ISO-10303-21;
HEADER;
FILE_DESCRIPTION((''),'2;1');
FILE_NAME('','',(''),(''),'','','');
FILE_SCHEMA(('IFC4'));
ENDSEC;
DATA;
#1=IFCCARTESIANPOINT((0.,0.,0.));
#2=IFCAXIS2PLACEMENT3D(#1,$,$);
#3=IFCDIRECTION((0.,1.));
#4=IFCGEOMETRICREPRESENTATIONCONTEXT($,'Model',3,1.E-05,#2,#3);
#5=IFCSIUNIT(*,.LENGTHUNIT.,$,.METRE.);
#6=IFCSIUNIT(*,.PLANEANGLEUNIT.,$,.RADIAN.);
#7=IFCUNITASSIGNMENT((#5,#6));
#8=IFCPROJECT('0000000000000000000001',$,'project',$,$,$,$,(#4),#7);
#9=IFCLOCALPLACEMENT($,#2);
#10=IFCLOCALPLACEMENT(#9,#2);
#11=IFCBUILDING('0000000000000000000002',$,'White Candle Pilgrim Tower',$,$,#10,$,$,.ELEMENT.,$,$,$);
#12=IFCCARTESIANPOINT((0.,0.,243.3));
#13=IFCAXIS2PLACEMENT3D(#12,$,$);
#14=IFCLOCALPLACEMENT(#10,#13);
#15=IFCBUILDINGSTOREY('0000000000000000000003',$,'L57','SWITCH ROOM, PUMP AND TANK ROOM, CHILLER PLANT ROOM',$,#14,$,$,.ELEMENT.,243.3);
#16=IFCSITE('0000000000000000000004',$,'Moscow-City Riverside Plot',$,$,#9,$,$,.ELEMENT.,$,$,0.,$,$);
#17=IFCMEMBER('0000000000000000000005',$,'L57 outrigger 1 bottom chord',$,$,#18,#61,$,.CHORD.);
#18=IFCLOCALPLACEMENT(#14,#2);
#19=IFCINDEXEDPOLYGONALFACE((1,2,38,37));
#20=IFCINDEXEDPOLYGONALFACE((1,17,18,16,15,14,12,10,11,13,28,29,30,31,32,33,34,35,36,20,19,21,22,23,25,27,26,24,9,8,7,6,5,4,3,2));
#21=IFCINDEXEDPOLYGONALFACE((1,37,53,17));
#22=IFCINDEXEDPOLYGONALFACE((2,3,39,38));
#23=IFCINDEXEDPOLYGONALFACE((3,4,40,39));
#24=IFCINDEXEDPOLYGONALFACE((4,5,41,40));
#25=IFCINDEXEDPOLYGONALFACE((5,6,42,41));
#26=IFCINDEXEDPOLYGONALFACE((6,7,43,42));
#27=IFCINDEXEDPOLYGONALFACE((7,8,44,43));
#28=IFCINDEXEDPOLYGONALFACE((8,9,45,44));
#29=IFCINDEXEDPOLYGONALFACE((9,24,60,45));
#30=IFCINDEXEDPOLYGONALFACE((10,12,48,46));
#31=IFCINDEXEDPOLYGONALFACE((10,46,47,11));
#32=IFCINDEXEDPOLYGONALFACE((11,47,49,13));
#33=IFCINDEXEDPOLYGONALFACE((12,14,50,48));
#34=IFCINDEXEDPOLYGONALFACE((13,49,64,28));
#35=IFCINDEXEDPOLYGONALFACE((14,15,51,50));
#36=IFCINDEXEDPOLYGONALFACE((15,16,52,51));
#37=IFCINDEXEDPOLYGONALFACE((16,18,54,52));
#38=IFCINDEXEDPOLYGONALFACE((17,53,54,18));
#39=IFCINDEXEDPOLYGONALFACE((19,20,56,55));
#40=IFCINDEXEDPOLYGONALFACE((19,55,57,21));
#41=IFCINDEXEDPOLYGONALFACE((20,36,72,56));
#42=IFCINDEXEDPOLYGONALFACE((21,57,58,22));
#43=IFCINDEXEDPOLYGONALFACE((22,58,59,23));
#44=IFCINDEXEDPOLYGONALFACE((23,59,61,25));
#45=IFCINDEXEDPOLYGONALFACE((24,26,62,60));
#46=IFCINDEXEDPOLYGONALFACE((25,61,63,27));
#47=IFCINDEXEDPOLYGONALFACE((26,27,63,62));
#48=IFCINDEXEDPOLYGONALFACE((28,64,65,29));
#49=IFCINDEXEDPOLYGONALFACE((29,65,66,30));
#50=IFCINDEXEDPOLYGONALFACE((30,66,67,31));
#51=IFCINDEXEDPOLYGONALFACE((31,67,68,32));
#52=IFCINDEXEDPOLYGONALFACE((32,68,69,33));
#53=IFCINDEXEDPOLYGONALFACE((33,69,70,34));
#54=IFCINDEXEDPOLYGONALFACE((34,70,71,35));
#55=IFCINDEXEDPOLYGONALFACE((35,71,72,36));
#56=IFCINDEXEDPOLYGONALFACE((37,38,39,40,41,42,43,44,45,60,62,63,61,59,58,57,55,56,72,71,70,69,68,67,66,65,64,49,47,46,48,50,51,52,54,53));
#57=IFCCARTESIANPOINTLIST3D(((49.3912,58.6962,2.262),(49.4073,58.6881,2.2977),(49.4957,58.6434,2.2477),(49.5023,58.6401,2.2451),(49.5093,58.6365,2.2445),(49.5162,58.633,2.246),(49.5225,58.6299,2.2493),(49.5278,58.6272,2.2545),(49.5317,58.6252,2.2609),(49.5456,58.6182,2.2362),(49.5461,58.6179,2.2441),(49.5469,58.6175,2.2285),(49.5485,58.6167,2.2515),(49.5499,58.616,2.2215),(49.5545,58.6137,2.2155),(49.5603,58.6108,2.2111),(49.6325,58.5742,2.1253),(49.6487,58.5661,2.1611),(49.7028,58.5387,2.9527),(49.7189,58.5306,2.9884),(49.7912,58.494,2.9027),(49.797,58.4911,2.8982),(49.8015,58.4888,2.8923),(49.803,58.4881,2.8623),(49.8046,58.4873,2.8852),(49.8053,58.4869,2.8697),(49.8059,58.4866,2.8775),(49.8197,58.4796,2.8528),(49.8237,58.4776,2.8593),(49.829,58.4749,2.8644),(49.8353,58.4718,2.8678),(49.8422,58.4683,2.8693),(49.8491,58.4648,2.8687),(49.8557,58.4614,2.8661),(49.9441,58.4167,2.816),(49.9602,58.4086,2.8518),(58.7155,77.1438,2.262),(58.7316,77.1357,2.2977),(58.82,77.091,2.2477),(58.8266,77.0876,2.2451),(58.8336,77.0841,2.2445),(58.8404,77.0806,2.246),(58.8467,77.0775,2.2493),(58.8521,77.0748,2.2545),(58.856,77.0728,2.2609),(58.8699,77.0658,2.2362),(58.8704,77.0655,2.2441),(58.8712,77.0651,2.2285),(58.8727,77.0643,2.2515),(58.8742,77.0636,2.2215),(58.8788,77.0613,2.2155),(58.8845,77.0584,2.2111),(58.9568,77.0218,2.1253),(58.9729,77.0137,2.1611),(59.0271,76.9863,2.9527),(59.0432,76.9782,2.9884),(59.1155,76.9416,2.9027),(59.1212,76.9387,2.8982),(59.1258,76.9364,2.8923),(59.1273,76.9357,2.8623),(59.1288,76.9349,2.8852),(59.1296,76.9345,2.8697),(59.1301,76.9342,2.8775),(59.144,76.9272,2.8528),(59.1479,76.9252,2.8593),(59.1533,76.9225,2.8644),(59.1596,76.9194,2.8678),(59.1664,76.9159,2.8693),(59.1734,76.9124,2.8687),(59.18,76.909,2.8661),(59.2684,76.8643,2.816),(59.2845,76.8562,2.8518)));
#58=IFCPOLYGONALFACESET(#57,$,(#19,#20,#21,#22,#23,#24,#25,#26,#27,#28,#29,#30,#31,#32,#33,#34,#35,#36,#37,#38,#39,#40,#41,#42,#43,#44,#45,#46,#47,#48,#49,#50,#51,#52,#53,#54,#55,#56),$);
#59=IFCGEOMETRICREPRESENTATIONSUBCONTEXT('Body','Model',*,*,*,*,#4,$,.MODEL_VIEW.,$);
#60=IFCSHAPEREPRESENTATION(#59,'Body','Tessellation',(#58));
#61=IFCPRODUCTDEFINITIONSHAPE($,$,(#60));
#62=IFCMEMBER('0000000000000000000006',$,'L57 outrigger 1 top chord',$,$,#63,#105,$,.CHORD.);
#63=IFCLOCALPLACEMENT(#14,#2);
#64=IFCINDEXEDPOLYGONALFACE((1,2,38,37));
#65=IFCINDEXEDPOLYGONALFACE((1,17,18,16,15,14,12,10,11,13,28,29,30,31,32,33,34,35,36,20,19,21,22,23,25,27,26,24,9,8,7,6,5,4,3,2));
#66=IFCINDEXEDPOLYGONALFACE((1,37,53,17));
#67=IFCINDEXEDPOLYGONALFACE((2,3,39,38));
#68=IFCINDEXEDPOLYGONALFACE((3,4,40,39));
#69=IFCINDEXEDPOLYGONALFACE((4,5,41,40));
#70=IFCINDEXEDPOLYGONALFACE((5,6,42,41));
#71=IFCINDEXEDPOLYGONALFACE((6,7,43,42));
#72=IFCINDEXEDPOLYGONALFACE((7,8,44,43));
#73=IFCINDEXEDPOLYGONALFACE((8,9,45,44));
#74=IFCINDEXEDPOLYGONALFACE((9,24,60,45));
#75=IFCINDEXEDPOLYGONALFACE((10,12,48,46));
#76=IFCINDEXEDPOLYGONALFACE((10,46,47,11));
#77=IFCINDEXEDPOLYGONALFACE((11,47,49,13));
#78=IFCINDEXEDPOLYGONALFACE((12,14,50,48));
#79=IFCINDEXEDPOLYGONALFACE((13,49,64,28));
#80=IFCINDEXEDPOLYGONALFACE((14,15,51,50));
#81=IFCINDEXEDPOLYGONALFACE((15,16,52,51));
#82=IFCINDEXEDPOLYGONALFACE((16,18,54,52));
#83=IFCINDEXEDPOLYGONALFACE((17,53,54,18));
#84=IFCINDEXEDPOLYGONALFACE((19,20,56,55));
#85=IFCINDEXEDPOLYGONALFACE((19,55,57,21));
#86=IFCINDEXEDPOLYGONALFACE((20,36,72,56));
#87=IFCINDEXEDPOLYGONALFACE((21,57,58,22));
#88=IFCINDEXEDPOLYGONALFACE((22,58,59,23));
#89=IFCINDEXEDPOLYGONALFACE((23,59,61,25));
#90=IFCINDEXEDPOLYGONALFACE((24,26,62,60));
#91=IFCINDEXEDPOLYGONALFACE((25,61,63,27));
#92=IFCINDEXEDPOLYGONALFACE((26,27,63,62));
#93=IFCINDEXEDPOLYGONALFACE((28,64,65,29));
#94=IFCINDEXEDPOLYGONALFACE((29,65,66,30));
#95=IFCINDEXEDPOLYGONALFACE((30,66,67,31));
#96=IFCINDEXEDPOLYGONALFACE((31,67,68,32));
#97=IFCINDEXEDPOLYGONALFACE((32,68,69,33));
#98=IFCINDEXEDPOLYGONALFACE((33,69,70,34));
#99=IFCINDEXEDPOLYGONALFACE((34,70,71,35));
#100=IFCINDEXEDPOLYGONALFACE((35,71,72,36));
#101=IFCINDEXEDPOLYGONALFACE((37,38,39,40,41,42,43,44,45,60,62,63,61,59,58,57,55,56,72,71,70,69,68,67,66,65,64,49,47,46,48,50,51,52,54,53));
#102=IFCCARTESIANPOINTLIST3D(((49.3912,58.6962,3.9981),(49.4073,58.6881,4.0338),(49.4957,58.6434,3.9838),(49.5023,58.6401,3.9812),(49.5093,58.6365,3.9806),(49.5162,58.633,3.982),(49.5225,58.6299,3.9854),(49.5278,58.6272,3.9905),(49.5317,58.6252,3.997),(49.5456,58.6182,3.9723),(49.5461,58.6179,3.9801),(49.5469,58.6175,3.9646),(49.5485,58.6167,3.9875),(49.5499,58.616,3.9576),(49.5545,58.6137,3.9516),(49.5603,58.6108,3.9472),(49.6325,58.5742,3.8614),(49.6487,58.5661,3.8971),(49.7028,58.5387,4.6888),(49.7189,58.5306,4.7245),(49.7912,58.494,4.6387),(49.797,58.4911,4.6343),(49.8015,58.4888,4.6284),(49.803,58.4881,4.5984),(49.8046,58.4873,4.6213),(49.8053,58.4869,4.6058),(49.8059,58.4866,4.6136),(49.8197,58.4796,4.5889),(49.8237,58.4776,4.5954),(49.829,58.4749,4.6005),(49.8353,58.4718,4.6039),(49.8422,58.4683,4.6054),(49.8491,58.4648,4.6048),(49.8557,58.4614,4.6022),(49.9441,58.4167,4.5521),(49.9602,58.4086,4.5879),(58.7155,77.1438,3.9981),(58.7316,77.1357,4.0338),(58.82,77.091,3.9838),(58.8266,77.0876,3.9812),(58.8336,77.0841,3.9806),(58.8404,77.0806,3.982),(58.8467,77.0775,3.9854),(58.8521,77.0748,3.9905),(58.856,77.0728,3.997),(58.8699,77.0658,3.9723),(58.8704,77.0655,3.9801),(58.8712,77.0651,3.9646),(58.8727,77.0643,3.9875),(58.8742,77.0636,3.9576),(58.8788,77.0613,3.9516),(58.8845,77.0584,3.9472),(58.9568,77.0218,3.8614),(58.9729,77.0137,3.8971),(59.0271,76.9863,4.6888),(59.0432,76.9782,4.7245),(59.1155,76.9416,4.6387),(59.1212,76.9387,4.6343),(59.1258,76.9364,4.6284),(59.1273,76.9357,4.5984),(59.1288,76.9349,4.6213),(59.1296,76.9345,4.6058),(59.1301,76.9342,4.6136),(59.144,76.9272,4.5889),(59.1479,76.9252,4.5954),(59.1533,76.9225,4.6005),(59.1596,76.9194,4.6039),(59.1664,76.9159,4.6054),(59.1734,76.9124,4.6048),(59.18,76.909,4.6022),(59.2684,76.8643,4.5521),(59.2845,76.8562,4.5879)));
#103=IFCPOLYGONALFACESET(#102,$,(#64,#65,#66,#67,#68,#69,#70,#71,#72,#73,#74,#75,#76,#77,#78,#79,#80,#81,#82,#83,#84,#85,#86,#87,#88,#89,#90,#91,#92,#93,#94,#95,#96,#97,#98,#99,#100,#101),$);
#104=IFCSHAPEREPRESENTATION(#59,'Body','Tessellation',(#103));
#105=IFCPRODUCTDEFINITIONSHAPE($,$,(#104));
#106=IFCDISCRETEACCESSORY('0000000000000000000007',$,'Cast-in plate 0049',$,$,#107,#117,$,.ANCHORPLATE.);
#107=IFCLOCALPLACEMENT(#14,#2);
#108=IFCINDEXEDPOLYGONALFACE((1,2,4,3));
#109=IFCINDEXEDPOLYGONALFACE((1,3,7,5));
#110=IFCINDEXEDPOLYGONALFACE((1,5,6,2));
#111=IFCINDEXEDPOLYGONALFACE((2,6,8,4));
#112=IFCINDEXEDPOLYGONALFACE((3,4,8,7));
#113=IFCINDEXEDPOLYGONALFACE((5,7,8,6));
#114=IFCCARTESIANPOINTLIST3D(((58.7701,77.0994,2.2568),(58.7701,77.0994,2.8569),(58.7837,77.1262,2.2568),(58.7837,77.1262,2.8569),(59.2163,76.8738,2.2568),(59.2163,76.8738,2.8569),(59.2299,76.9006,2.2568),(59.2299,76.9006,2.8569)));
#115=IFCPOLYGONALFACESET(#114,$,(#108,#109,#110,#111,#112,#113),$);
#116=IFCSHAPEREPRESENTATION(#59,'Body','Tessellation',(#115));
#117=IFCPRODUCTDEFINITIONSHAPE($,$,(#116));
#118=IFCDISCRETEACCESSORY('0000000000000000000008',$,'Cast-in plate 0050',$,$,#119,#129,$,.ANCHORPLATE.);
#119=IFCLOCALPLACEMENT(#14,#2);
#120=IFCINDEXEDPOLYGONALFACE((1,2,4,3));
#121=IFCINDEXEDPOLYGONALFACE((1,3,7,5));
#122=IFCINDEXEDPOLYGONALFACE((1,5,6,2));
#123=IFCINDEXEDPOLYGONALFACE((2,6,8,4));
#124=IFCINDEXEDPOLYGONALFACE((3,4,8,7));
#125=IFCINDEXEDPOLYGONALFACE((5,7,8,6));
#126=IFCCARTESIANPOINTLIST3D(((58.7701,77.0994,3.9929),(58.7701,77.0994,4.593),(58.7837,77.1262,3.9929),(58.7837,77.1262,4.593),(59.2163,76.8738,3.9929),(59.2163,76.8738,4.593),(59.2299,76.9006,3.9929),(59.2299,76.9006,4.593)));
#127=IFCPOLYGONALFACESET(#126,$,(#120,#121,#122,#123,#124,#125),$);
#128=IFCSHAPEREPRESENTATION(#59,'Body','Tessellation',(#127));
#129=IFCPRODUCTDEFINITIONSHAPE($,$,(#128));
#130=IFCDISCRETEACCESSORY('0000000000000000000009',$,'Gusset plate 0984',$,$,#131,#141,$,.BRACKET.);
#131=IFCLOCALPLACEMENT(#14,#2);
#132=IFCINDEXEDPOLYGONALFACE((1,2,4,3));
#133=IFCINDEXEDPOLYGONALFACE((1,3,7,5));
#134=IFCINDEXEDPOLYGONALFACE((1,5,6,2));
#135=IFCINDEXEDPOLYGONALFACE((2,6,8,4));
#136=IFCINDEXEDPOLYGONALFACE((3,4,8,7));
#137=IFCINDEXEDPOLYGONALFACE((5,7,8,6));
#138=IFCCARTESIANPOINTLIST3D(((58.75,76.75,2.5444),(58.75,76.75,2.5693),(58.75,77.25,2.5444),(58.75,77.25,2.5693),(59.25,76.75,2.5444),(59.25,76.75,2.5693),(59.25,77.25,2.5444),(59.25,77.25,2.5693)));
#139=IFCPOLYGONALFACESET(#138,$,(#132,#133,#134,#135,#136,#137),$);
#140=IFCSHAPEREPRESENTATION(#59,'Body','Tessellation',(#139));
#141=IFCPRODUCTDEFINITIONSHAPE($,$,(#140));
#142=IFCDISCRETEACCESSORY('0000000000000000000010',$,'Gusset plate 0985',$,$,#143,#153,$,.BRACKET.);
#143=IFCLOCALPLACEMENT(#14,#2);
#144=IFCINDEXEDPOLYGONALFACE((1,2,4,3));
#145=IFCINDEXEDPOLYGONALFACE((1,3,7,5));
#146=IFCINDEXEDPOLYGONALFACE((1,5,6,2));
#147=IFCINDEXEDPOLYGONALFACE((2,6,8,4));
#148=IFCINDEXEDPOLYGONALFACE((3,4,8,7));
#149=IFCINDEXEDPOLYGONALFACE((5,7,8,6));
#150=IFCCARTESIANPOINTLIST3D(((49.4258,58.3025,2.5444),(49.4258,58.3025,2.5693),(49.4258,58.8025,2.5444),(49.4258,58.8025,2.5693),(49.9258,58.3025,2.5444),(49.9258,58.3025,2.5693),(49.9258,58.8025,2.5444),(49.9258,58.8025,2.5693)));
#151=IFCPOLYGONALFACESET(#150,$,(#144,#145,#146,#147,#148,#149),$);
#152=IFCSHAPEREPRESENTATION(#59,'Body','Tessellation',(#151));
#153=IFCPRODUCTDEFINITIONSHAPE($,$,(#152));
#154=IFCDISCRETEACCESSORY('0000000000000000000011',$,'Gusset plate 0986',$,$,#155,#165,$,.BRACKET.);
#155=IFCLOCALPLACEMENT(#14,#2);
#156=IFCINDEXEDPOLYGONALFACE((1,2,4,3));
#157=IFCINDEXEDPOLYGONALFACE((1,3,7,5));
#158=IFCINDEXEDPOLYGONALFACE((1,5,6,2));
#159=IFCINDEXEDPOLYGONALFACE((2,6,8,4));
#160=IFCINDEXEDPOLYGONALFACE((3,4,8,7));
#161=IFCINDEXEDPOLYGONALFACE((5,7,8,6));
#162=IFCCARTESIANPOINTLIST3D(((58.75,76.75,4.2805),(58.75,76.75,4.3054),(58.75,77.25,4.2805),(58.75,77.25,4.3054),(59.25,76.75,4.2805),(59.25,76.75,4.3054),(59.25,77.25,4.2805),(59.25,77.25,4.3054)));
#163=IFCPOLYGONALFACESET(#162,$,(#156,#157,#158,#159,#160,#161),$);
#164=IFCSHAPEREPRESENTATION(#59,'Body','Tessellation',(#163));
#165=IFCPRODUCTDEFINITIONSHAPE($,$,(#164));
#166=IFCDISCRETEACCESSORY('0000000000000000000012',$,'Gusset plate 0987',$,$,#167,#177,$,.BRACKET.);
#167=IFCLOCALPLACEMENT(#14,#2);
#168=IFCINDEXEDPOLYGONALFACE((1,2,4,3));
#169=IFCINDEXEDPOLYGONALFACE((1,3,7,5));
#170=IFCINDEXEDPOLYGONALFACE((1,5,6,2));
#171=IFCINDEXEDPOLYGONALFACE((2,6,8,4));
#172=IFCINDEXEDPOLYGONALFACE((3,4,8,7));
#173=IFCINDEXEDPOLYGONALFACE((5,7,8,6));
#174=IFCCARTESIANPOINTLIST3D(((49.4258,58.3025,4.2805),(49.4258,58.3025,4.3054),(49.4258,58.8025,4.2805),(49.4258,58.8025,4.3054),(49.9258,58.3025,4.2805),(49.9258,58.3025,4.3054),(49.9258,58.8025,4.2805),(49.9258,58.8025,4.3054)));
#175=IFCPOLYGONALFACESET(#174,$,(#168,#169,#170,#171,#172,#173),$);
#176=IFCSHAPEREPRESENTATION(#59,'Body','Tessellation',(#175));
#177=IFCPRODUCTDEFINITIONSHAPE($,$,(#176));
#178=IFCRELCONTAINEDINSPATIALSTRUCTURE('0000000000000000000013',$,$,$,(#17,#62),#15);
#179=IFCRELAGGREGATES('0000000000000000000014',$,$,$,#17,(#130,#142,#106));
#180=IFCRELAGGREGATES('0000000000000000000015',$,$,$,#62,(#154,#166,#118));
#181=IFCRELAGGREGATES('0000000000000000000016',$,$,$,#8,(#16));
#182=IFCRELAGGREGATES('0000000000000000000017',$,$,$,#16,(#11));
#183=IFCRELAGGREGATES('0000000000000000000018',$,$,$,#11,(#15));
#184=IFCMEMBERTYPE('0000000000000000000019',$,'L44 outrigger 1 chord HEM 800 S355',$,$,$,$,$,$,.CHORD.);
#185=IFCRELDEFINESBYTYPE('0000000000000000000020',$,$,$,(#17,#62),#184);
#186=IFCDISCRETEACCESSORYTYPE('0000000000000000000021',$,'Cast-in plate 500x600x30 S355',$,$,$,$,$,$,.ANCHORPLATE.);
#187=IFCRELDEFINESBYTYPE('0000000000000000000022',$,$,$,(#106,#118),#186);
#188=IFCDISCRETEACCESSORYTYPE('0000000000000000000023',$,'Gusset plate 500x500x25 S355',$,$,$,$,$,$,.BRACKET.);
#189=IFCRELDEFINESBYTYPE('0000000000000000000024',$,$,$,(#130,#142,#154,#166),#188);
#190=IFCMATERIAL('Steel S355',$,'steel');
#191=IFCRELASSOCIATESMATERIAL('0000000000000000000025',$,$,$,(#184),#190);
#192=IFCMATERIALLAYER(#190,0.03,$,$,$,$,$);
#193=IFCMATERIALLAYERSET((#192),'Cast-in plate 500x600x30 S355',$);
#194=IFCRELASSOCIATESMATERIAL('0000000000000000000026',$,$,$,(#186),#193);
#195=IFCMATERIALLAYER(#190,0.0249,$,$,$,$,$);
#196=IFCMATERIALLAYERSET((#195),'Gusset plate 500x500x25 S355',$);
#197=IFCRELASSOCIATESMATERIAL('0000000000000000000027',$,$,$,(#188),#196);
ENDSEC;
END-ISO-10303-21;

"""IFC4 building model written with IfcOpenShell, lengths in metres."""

from ifc_helpers import new_model, si_unit, direction, frame, origin, origin_2d, place, context, subcontext, project, spatial, rectangle, i_section, extrude, material, layer, layer_set, material_profile, profile_set, type_object, element, aggregate, save


model = new_model("IFC4")

# Units and contexts
model_context = context("Model", 3, precision=1e-05, world=origin(), true_north=direction((0.0, 1.0)))
body_context = subcontext(model_context, "Body", "Model", "MODEL_VIEW")
ifc_project = project(units=[si_unit("LENGTHUNIT", "METRE"), si_unit("PLANEANGLEUNIT", "RADIAN")], contexts=[model_context])

# Site, building, storey
site_placement = place(None, origin())
site = spatial("IfcSite", under=ifc_project, at=site_placement, Name="Moscow-City Riverside Plot", CompositionType="ELEMENT", RefElevation=0.0)
building_placement = place(site_placement, origin())
building = spatial("IfcBuilding", under=site, at=building_placement, Name="White Candle Pilgrim Tower", CompositionType="ELEMENT")
storey_placement = place(building_placement, frame((0.0, 0.0, 243.3)))
storey = spatial("IfcBuildingStorey", under=building, at=storey_placement, Name="L57", Description="SWITCH ROOM, PUMP AND TANK ROOM, CHILLER PLANT ROOM", CompositionType="ELEMENT", Elevation=243.3)

# Members
ifc_material_1 = material(Name="Steel S355", Category="steel")
ifc_material_profile_1 = material_profile(ifc_material_1, i_section(OverallWidth=0.303, OverallDepth=0.814, WebThickness=0.021, FlangeThickness=0.04, FilletRadius=0.03, at=origin_2d()), Name="HEM 800")
ifc_profile_set_1 = profile_set([ifc_material_profile_1], Name="Steel S355")
member_type_1 = type_object("IfcMemberType", Name="L44 outrigger 1 chord HEM 800 S355", PredefinedType="CHORD", material=ifc_profile_set_1)
member_1_placement = place(storey_placement, frame((59.0, 77.0, 2.5569), z_axis=(-0.451098, -0.892475, 0.0), x_axis=(0.796509, -0.402592, -0.451103)))
member_1 = element("IfcMember", 1, at=member_1_placement, inside=storey, type_object=member_type_1, Name="L57 outrigger 1 bottom chord", PredefinedType="CHORD", context=body_context, shape_type="SweptSolid", body=[
    extrude(i_section(OverallWidth=0.303, OverallDepth=0.814, WebThickness=0.021, FlangeThickness=0.04, FilletRadius=0.03, at=origin_2d()), origin(), (0.0, 0.0, 1.0), 20.6702),
])
member_2_placement = place(storey_placement, frame((59.0, 77.0, 4.293), z_axis=(-0.451098, -0.892475, 0.0), x_axis=(0.796509, -0.402592, -0.451103)))
member_2 = element("IfcMember", 2, at=member_2_placement, inside=storey, type_object=member_type_1, Name="L57 outrigger 1 top chord", PredefinedType="CHORD", context=body_context, shape_type="SweptSolid", body=[
    extrude(i_section(OverallWidth=0.303, OverallDepth=0.814, WebThickness=0.021, FlangeThickness=0.04, FilletRadius=0.03, at=origin_2d()), origin(), (0.0, 0.0, 1.0), 20.6702),
])

# Discrete accessories
ifc_layer_1 = layer(ifc_material_1, 0.03)
ifc_layer_set_1 = layer_set([ifc_layer_1], Name="Cast-in plate 500x600x30 S355")
discrete_accessory_type_1 = type_object("IfcDiscreteAccessoryType", Name="Cast-in plate 500x600x30 S355", PredefinedType="ANCHORPLATE", material=ifc_layer_set_1)
discrete_accessory_1_placement = place(storey_placement, frame((59.0, 77.0, 2.2568), z_axis=(0.0, 0.0, 1.0), x_axis=(-0.451096, -0.892476, 0.0)))
discrete_accessory_1 = element("IfcDiscreteAccessory", 3, at=discrete_accessory_1_placement, type_object=discrete_accessory_type_1, Name="Cast-in plate 0049", PredefinedType="ANCHORPLATE", context=body_context, shape_type="SweptSolid", body=[
    extrude(rectangle(XDim=0.03, YDim=0.5, at=origin_2d()), origin(), (0.0, 0.0, 1.0), 0.6001),
])
discrete_accessory_2_placement = place(storey_placement, frame((59.0, 77.0, 3.9929), z_axis=(0.0, 0.0, 1.0), x_axis=(-0.451096, -0.892476, 0.0)))
discrete_accessory_2 = element("IfcDiscreteAccessory", 4, at=discrete_accessory_2_placement, type_object=discrete_accessory_type_1, Name="Cast-in plate 0050", PredefinedType="ANCHORPLATE", context=body_context, shape_type="SweptSolid", body=[
    extrude(rectangle(XDim=0.03, YDim=0.5, at=origin_2d()), origin(), (0.0, 0.0, 1.0), 0.6001),
])
ifc_layer_2 = layer(ifc_material_1, 0.0249)
ifc_layer_set_2 = layer_set([ifc_layer_2], Name="Gusset plate 500x500x25 S355")
discrete_accessory_type_2 = type_object("IfcDiscreteAccessoryType", Name="Gusset plate 500x500x25 S355", PredefinedType="BRACKET", material=ifc_layer_set_2)
discrete_accessory_3_placement = place(storey_placement, frame((59.0, 77.0, 2.5444), z_axis=(0.0, 0.0, 1.0), x_axis=(1.0, 0.0, 0.0)))
discrete_accessory_3 = element("IfcDiscreteAccessory", 5, at=discrete_accessory_3_placement, type_object=discrete_accessory_type_2, Name="Gusset plate 0984", PredefinedType="BRACKET", context=body_context, shape_type="SweptSolid", body=[
    extrude(rectangle(XDim=0.5, YDim=0.5, at=origin_2d()), origin(), (0.0, 0.0, 1.0), 0.0249),
])
discrete_accessory_4_placement = place(storey_placement, frame((49.6758, 58.5525, 2.5444), z_axis=(0.0, 0.0, 1.0), x_axis=(1.0, 0.0, 0.0)))
discrete_accessory_4 = element("IfcDiscreteAccessory", 6, at=discrete_accessory_4_placement, type_object=discrete_accessory_type_2, Name="Gusset plate 0985", PredefinedType="BRACKET", context=body_context, shape_type="SweptSolid", body=[
    extrude(rectangle(XDim=0.5, YDim=0.5, at=origin_2d()), origin(), (0.0, 0.0, 1.0), 0.0249),
])
aggregate(member_1, [discrete_accessory_3, discrete_accessory_4, discrete_accessory_1])
discrete_accessory_5_placement = place(storey_placement, frame((59.0, 77.0, 4.2805), z_axis=(0.0, 0.0, 1.0), x_axis=(1.0, 0.0, 0.0)))
discrete_accessory_5 = element("IfcDiscreteAccessory", 7, at=discrete_accessory_5_placement, type_object=discrete_accessory_type_2, Name="Gusset plate 0986", PredefinedType="BRACKET", context=body_context, shape_type="SweptSolid", body=[
    extrude(rectangle(XDim=0.5, YDim=0.5, at=origin_2d()), origin(), (0.0, 0.0, 1.0), 0.0249),
])
discrete_accessory_6_placement = place(storey_placement, frame((49.6758, 58.5525, 4.2805), z_axis=(0.0, 0.0, 1.0), x_axis=(1.0, 0.0, 0.0)))
discrete_accessory_6 = element("IfcDiscreteAccessory", 8, at=discrete_accessory_6_placement, type_object=discrete_accessory_type_2, Name="Gusset plate 0987", PredefinedType="BRACKET", context=body_context, shape_type="SweptSolid", body=[
    extrude(rectangle(XDim=0.5, YDim=0.5, at=origin_2d()), origin(), (0.0, 0.0, 1.0), 0.0249),
])
aggregate(member_2, [discrete_accessory_5, discrete_accessory_6, discrete_accessory_2])

save(model, "model.ifc")
